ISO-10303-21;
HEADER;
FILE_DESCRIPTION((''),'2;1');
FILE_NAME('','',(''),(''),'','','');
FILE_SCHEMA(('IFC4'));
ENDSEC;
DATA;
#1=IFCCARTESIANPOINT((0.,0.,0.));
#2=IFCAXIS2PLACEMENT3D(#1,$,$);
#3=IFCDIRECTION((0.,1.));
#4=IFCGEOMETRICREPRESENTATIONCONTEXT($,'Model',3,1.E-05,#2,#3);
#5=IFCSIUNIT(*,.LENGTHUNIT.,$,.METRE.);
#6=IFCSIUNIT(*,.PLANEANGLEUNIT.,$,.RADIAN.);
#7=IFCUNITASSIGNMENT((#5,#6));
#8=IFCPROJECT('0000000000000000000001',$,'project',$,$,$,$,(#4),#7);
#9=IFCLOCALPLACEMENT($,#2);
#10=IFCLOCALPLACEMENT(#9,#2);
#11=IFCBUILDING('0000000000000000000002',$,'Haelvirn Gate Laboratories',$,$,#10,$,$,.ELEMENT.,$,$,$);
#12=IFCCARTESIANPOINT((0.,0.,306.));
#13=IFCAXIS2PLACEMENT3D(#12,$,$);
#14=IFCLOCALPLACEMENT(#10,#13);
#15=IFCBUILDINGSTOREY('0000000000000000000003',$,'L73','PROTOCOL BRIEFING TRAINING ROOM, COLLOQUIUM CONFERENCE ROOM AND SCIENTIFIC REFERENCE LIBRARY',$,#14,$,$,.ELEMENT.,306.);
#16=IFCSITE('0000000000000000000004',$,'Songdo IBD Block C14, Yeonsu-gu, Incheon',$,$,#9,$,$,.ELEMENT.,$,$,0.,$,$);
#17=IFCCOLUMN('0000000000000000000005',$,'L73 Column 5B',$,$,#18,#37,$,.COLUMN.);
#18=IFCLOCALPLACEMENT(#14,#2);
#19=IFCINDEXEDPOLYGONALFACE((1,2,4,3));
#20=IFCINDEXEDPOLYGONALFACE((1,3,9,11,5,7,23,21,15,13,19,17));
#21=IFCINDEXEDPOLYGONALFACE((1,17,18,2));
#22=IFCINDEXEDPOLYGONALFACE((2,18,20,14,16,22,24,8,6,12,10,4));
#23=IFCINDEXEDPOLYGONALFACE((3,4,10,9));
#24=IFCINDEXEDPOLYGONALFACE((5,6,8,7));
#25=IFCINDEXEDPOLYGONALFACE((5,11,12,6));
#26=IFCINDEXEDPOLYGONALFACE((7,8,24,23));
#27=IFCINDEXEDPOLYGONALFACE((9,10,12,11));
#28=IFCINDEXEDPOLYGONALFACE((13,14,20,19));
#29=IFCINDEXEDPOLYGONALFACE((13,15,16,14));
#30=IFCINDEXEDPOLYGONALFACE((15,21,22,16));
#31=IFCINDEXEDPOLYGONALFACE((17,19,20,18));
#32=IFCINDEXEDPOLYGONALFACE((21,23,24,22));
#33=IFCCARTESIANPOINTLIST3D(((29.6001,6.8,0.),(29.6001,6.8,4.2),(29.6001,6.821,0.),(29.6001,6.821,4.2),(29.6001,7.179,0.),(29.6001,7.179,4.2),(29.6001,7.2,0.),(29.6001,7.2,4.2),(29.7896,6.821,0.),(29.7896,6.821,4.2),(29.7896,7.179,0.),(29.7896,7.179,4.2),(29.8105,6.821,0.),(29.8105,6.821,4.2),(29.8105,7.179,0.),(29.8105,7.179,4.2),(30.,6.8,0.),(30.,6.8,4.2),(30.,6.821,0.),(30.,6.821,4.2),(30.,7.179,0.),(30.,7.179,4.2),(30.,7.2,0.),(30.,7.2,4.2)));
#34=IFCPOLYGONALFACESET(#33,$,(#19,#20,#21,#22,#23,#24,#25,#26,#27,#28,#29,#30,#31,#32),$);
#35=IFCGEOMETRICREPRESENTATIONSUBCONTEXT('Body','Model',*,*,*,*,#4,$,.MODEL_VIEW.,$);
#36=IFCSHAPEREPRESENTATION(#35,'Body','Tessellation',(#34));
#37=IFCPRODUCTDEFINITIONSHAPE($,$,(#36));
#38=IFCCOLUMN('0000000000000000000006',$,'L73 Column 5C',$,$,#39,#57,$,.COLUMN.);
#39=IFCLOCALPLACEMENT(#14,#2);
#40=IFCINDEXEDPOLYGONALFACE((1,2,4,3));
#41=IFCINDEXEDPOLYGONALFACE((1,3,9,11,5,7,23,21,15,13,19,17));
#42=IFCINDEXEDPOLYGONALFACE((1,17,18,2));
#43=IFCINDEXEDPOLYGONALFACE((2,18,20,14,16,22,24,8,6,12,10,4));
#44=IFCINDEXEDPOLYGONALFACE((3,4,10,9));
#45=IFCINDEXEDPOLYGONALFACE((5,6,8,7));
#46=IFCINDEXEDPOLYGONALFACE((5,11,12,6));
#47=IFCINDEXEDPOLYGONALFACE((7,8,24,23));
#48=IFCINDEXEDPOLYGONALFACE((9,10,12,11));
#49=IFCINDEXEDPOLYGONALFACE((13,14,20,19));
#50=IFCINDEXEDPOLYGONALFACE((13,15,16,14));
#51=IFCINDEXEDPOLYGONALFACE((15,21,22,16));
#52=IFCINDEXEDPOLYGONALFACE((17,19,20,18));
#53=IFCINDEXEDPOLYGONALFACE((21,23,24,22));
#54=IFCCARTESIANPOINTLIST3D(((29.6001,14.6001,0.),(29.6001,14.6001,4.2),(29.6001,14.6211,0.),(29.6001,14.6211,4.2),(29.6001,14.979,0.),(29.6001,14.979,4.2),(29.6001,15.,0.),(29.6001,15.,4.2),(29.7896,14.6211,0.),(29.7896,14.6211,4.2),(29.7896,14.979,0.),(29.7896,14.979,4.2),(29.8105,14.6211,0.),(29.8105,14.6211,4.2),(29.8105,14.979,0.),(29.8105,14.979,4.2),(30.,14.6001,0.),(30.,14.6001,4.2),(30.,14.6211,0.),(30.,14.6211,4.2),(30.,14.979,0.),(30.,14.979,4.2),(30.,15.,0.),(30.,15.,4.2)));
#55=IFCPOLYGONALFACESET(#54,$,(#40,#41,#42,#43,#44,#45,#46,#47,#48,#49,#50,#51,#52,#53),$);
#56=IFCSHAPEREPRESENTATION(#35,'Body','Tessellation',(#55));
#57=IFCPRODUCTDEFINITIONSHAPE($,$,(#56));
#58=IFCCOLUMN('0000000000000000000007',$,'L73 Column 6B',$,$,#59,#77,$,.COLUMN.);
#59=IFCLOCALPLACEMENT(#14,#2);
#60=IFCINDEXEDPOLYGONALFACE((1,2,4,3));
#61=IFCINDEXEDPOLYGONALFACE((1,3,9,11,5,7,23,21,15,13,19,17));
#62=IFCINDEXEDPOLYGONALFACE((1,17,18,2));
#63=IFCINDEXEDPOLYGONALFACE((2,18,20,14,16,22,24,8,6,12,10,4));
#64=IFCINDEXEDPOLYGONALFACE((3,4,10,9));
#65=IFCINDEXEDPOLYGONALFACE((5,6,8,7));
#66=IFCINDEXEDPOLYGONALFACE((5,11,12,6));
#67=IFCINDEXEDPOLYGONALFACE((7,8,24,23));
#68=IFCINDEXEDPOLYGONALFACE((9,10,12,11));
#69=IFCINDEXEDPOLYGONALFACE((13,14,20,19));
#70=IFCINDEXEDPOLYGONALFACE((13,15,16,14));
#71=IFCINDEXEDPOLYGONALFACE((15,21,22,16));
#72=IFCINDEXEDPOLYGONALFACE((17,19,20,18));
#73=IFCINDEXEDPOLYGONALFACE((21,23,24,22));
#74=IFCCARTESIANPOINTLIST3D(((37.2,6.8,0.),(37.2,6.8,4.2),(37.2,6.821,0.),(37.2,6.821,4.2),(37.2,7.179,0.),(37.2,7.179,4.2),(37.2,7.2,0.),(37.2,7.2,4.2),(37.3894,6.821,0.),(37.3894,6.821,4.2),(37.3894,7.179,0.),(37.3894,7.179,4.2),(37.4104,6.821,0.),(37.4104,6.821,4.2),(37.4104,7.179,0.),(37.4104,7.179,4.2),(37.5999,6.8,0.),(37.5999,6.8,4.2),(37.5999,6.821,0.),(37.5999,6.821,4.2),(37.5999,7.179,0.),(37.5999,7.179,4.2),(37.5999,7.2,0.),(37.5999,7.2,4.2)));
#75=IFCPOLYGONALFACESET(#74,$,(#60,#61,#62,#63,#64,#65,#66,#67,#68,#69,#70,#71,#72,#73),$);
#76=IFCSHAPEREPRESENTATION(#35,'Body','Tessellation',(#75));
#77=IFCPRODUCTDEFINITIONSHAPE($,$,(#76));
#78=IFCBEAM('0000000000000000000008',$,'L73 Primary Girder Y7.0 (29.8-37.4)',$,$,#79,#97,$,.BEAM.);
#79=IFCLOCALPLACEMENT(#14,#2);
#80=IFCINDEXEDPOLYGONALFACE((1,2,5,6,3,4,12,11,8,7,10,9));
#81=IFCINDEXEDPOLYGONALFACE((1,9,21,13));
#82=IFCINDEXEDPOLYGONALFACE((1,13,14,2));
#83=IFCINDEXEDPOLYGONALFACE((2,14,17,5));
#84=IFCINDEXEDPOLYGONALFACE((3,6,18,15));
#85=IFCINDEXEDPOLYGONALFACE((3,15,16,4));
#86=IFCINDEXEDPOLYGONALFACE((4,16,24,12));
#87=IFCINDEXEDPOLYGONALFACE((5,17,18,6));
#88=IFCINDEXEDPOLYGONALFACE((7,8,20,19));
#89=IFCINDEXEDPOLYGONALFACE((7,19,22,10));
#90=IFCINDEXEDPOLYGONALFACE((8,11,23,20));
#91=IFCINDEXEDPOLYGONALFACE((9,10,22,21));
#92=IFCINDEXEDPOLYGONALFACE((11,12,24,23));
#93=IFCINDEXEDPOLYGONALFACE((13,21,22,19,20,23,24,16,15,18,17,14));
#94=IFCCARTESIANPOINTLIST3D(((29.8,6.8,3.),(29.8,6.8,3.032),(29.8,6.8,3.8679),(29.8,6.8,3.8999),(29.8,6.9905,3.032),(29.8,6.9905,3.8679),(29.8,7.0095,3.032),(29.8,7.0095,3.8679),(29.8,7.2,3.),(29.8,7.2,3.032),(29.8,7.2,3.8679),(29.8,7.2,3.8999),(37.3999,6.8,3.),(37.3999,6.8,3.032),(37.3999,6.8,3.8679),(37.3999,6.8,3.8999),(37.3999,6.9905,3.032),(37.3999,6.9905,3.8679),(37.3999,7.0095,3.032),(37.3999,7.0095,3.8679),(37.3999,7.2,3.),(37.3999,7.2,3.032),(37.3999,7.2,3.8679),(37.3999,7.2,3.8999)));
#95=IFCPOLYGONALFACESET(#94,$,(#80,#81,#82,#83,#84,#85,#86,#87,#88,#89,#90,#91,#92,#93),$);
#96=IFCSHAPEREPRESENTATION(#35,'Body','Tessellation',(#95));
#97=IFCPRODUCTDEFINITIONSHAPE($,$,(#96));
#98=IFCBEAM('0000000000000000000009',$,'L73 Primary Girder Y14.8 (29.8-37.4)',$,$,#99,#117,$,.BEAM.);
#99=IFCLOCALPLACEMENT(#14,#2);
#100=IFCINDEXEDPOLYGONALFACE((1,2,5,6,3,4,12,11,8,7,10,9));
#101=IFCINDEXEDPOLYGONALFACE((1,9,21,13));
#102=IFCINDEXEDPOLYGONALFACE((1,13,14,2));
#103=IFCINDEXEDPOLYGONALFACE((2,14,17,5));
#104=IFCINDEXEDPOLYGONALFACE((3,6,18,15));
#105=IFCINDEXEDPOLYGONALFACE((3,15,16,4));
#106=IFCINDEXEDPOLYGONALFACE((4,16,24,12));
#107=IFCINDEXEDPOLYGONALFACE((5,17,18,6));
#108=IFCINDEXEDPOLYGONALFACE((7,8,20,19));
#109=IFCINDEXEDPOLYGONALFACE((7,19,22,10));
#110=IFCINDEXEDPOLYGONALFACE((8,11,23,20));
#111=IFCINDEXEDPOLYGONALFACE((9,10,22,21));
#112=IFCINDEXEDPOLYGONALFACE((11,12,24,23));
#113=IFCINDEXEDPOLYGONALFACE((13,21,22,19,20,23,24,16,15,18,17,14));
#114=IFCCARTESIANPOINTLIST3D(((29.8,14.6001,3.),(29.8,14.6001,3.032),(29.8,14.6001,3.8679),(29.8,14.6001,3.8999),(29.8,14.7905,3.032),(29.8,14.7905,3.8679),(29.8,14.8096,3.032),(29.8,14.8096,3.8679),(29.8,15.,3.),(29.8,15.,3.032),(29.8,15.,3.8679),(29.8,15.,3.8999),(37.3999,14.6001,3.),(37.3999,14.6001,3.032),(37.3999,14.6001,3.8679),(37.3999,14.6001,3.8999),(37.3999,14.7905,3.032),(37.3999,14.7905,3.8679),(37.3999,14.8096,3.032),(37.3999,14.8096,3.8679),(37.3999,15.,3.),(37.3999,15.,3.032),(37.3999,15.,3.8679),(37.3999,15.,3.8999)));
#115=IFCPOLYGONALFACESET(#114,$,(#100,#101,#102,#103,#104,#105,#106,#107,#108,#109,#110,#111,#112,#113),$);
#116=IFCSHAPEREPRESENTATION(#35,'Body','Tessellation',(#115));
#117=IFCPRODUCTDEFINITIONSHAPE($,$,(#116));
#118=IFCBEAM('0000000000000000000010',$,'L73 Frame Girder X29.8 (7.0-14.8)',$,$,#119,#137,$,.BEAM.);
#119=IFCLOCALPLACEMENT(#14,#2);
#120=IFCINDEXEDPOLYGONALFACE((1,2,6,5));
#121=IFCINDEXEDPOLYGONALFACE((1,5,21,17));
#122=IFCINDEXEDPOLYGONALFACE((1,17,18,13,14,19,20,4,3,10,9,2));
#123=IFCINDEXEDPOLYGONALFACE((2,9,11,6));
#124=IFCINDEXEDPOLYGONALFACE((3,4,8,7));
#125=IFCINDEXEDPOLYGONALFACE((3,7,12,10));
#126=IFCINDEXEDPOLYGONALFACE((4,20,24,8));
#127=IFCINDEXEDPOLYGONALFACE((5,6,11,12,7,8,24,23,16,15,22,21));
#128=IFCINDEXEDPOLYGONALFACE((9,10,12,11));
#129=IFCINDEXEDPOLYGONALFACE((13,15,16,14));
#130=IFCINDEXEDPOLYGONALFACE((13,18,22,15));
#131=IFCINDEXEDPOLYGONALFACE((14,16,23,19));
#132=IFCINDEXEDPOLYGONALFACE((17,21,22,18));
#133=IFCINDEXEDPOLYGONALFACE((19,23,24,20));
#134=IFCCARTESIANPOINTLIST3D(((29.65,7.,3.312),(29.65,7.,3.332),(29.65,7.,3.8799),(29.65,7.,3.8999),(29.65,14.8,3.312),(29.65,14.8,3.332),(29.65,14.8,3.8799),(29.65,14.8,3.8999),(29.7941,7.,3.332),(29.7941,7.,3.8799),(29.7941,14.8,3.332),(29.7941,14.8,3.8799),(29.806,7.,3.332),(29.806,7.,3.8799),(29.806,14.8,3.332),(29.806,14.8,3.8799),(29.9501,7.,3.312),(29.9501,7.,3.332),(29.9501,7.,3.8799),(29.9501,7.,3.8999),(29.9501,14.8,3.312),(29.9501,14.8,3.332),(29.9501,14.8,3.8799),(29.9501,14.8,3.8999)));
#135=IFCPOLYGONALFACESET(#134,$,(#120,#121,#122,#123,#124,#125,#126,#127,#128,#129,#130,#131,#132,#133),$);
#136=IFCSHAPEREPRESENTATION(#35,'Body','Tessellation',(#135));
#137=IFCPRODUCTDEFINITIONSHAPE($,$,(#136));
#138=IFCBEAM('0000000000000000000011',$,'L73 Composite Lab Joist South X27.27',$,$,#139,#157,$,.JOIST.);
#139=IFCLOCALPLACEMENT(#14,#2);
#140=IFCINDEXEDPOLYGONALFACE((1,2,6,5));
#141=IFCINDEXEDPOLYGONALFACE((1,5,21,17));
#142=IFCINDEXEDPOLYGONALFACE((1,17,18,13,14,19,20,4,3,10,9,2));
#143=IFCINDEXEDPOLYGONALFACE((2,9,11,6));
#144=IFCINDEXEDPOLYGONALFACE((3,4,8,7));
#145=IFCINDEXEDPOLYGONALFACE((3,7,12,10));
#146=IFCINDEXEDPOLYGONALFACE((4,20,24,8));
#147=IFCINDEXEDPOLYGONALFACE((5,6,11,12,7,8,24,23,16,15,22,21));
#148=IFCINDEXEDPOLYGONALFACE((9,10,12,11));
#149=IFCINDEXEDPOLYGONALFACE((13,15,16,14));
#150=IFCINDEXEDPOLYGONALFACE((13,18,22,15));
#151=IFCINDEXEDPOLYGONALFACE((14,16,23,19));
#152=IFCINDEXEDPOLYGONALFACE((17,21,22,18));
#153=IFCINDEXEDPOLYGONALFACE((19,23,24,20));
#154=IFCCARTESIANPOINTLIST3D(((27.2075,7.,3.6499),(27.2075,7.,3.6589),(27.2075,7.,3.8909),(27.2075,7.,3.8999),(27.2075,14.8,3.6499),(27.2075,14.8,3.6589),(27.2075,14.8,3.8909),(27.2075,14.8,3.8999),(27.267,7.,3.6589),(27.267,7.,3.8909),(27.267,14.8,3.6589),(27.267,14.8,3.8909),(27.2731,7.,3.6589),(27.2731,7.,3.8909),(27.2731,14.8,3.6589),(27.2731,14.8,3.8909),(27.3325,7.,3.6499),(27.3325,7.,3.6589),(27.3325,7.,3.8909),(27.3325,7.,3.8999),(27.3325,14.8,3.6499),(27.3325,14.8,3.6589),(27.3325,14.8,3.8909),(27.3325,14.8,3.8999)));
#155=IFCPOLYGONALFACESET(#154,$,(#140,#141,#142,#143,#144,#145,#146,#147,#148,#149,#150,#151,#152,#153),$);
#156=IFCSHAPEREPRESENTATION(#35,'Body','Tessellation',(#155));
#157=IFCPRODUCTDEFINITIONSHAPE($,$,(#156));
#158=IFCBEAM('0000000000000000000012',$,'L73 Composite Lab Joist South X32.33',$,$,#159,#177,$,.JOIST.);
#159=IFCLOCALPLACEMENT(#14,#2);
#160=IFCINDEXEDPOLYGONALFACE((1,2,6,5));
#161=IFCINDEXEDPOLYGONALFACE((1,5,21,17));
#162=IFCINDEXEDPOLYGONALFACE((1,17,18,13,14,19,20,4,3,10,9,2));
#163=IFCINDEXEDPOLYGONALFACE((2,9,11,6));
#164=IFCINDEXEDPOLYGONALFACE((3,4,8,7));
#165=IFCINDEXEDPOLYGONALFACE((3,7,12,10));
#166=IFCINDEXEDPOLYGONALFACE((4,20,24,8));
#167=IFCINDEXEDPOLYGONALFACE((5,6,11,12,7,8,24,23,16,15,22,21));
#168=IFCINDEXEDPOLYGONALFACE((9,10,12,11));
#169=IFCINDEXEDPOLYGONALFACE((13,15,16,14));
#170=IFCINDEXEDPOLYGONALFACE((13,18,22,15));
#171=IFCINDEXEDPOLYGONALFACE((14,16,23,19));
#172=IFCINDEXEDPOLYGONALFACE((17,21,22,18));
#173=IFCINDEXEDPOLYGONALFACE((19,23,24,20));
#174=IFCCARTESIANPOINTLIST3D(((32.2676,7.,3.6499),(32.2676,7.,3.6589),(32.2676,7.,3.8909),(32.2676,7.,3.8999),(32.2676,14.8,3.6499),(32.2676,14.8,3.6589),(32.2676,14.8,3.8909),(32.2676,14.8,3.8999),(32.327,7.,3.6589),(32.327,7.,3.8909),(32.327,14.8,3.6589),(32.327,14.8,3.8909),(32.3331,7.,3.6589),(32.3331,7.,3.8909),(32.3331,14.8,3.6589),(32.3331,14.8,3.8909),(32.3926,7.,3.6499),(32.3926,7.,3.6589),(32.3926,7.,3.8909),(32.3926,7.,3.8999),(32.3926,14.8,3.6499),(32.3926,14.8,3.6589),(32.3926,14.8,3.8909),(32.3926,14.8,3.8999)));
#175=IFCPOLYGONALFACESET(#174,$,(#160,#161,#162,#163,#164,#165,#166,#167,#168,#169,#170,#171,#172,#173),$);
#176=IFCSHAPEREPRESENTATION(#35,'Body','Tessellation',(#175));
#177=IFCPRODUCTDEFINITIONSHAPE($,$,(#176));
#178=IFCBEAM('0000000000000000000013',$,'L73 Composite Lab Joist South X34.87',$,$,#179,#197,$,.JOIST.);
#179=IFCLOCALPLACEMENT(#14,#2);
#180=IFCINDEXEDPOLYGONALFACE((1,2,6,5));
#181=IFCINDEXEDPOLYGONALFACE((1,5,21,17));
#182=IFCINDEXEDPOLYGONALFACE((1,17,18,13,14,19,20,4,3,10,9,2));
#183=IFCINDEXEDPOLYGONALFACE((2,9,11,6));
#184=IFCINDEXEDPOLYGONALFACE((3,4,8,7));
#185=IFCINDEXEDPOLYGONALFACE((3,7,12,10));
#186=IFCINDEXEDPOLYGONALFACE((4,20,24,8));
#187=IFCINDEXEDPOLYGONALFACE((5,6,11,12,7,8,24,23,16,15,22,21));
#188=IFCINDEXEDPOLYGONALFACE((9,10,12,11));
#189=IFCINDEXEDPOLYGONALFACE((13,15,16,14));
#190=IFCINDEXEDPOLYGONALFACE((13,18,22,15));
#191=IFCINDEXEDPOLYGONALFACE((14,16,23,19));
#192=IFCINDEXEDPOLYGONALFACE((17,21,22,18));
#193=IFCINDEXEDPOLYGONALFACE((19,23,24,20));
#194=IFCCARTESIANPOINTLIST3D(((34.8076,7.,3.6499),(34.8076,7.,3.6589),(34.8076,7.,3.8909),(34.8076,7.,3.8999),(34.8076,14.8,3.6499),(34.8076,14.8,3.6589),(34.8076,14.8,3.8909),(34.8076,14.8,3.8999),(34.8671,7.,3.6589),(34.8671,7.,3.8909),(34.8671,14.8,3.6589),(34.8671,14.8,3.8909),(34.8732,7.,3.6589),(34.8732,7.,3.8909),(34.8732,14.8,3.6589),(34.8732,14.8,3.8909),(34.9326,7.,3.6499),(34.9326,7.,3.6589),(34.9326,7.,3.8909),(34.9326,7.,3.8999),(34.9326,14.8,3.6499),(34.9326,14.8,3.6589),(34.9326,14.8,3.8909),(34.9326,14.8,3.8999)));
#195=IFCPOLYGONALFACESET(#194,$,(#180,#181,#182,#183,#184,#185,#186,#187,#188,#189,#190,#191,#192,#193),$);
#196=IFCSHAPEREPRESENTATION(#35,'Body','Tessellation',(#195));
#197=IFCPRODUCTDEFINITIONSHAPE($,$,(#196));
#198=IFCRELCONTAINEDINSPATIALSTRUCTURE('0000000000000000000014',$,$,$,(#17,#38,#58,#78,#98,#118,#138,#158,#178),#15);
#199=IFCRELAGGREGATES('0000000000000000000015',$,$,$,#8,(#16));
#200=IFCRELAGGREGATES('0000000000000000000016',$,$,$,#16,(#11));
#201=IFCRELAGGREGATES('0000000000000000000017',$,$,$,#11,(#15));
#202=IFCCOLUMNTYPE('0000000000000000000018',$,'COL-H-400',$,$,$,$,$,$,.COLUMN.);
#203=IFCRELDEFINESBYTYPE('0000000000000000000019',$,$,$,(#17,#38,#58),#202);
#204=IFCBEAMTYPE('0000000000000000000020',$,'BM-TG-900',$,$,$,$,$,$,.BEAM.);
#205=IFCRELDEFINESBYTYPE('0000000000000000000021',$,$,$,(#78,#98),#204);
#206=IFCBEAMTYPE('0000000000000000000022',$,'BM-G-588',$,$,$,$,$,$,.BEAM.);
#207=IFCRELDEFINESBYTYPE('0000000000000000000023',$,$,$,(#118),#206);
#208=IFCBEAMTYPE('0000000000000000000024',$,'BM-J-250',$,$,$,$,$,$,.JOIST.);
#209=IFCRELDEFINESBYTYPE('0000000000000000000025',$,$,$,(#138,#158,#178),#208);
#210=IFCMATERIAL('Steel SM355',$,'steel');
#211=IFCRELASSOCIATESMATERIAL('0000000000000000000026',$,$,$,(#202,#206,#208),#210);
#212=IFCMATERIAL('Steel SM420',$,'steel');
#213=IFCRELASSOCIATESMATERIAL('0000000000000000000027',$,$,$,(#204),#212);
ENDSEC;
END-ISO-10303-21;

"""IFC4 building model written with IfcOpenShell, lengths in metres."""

from ifc_helpers import new_model, si_unit, direction, frame, origin, origin_2d, place, context, subcontext, project, spatial, i_section, extrude, source, transform, mapped, material, material_profile, profile_set, type_object, type_shapes, element, save


model = new_model("IFC4")

# Units and contexts
model_context = context("Model", 3, precision=1e-05, world=origin(), true_north=direction((0.0, 1.0)))
body_context = subcontext(model_context, "Body", "Model", "MODEL_VIEW")
ifc_project = project(units=[si_unit("LENGTHUNIT", "METRE"), si_unit("PLANEANGLEUNIT", "RADIAN")], contexts=[model_context])

# Site, building, storey
site_placement = place(None, origin())
site = spatial("IfcSite", under=ifc_project, at=site_placement, Name="Songdo IBD Block C14, Yeonsu-gu, Incheon", CompositionType="ELEMENT", RefElevation=0.0)
building_placement = place(site_placement, origin())
building = spatial("IfcBuilding", under=site, at=building_placement, Name="Haelvirn Gate Laboratories", CompositionType="ELEMENT")
storey_placement = place(building_placement, frame((0.0, 0.0, 306.0)))
storey = spatial("IfcBuildingStorey", under=building, at=storey_placement, Name="L73", Description="PROTOCOL BRIEFING TRAINING ROOM, COLLOQUIUM CONFERENCE ROOM AND SCIENTIFIC REFERENCE LIBRARY", CompositionType="ELEMENT", Elevation=306.0)

# Columns
ifc_material_1 = material(Name="Steel SM355", Category="steel")
ifc_material_profile_1 = material_profile(ifc_material_1, i_section(OverallWidth=0.3999, OverallDepth=0.3999, WebThickness=0.021, FlangeThickness=0.021, at=origin_2d()), Name="H-400x400x21x21")
ifc_profile_set_1 = profile_set([ifc_material_profile_1], Name="Steel SM355")
column_type = type_object("IfcColumnType", Name="COL-H-400", PredefinedType="COLUMN", material=ifc_profile_set_1)
shared_shape_1 = source(origin(), body_context, "Body", "SweptSolid", [
    extrude(i_section(OverallWidth=0.3999, OverallDepth=0.3999, WebThickness=0.021, FlangeThickness=0.021, at=origin_2d()), origin(), (0.0, 0.0, 1.0), 4.2),
])
type_shapes(column_type, [shared_shape_1])
for number, where, z_axis, x_axis, name in (
    (1, (29.8, 7.0, 0.0), (0.0, 0.0, 1.0), (1.0, 0.0, 0.0), "L73 Column 5B"),
    (2, (29.8, 14.8, 0.0), (0.0, 0.0, 1.0), (1.0, 0.0, 0.0), "L73 Column 5C"),
    (3, (37.3999, 7.0, 0.0), (0.0, 0.0, 1.0), (1.0, 0.0, 0.0), "L73 Column 6B"),
):
    element("IfcColumn", number, at=place(storey_placement, frame(where, z_axis=z_axis, x_axis=x_axis)), inside=storey, type_object=column_type, Name=name, PredefinedType="COLUMN", context=body_context, shape_type="MappedRepresentation", body=[
        mapped(shared_shape_1, transform((0.0, 0.0, 0.0), scale=1.0)),
    ])

# Beams
ifc_material_2 = material(Name="Steel SM420", Category="steel")
ifc_material_profile_2 = material_profile(ifc_material_2, i_section(OverallWidth=0.3999, OverallDepth=0.8999, WebThickness=0.019, FlangeThickness=0.032, at=origin_2d()), Name="H-900x400x19x32")
ifc_profile_set_2 = profile_set([ifc_material_profile_2], Name="Steel SM420")
beam_type_1 = type_object("IfcBeamType", Name="BM-TG-900", PredefinedType="BEAM", material=ifc_profile_set_2)
shared_shape_2 = source(origin(), body_context, "Body", "SweptSolid", [
    extrude(i_section(OverallWidth=0.3999, OverallDepth=0.8999, WebThickness=0.019, FlangeThickness=0.032, at=origin_2d()), origin(), (0.0, 0.0, 1.0), 7.5999),
])
type_shapes(beam_type_1, [shared_shape_2])
for number, where, z_axis, x_axis, name in (
    (4, (29.8, 7.0, 3.45), (1.0, 0.0, 0.0), (0.0, 1.0, 0.0), "L73 Primary Girder Y7.0 (29.8-37.4)"),
    (5, (29.8, 14.8, 3.45), (1.0, 0.0, 0.0), (0.0, 1.0, 0.0), "L73 Primary Girder Y14.8 (29.8-37.4)"),
):
    element("IfcBeam", number, at=place(storey_placement, frame(where, z_axis=z_axis, x_axis=x_axis)), inside=storey, type_object=beam_type_1, Name=name, PredefinedType="BEAM", context=body_context, shape_type="MappedRepresentation", body=[
        mapped(shared_shape_2, transform((0.0, 0.0, 0.0), scale=1.0)),
    ])
ifc_material_profile_3 = material_profile(ifc_material_1, i_section(OverallWidth=0.3, OverallDepth=0.5879, WebThickness=0.012, FlangeThickness=0.02, at=origin_2d()), Name="H-588x300x12x20")
ifc_profile_set_3 = profile_set([ifc_material_profile_3], Name="Steel SM355")
beam_type_2 = type_object("IfcBeamType", Name="BM-G-588", PredefinedType="BEAM", material=ifc_profile_set_3)
shared_shape_3 = source(origin(), body_context, "Body", "SweptSolid", [
    extrude(i_section(OverallWidth=0.3, OverallDepth=0.5879, WebThickness=0.012, FlangeThickness=0.02, at=origin_2d()), origin(), (0.0, 0.0, 1.0), 7.8),
])
type_shapes(beam_type_2, [shared_shape_3])
beam_placement = place(storey_placement, frame((29.8, 7.0, 3.606), z_axis=(0.0, 1.0, 0.0), x_axis=(-1.0, 0.0, 0.0)))
element("IfcBeam", 6, at=beam_placement, inside=storey, type_object=beam_type_2, Name="L73 Frame Girder X29.8 (7.0-14.8)", PredefinedType="BEAM", context=body_context, shape_type="MappedRepresentation", body=[
    mapped(shared_shape_3, transform((0.0, 0.0, 0.0), scale=1.0)),
])
ifc_material_profile_4 = material_profile(ifc_material_1, i_section(OverallWidth=0.125, OverallDepth=0.25, WebThickness=0.0061, FlangeThickness=0.009, at=origin_2d()), Name="H-250x125x6x9")
ifc_profile_set_4 = profile_set([ifc_material_profile_4], Name="Steel SM355")
beam_type_3 = type_object("IfcBeamType", Name="BM-J-250", PredefinedType="JOIST", material=ifc_profile_set_4)
shared_shape_4 = source(origin(), body_context, "Body", "SweptSolid", [
    extrude(i_section(OverallWidth=0.125, OverallDepth=0.25, WebThickness=0.0061, FlangeThickness=0.009, at=origin_2d()), origin(), (0.0, 0.0, 1.0), 7.8),
])
type_shapes(beam_type_3, [shared_shape_4])
for number, where, z_axis, x_axis, name in (
    (7, (27.27, 7.0, 3.7749), (0.0, 1.0, 0.0), (-1.0, 0.0, 0.0), "L73 Composite Lab Joist South X27.27"),
    (8, (32.3301, 7.0, 3.7749), (0.0, 1.0, 0.0), (-1.0, 0.0, 0.0), "L73 Composite Lab Joist South X32.33"),
    (9, (34.8701, 7.0, 3.7749), (0.0, 1.0, 0.0), (-1.0, 0.0, 0.0), "L73 Composite Lab Joist South X34.87"),
):
    element("IfcBeam", number, at=place(storey_placement, frame(where, z_axis=z_axis, x_axis=x_axis)), inside=storey, type_object=beam_type_3, Name=name, PredefinedType="JOIST", context=body_context, shape_type="MappedRepresentation", body=[
        mapped(shared_shape_4, transform((0.0, 0.0, 0.0), scale=1.0)),
    ])

save(model, "model.ifc")
